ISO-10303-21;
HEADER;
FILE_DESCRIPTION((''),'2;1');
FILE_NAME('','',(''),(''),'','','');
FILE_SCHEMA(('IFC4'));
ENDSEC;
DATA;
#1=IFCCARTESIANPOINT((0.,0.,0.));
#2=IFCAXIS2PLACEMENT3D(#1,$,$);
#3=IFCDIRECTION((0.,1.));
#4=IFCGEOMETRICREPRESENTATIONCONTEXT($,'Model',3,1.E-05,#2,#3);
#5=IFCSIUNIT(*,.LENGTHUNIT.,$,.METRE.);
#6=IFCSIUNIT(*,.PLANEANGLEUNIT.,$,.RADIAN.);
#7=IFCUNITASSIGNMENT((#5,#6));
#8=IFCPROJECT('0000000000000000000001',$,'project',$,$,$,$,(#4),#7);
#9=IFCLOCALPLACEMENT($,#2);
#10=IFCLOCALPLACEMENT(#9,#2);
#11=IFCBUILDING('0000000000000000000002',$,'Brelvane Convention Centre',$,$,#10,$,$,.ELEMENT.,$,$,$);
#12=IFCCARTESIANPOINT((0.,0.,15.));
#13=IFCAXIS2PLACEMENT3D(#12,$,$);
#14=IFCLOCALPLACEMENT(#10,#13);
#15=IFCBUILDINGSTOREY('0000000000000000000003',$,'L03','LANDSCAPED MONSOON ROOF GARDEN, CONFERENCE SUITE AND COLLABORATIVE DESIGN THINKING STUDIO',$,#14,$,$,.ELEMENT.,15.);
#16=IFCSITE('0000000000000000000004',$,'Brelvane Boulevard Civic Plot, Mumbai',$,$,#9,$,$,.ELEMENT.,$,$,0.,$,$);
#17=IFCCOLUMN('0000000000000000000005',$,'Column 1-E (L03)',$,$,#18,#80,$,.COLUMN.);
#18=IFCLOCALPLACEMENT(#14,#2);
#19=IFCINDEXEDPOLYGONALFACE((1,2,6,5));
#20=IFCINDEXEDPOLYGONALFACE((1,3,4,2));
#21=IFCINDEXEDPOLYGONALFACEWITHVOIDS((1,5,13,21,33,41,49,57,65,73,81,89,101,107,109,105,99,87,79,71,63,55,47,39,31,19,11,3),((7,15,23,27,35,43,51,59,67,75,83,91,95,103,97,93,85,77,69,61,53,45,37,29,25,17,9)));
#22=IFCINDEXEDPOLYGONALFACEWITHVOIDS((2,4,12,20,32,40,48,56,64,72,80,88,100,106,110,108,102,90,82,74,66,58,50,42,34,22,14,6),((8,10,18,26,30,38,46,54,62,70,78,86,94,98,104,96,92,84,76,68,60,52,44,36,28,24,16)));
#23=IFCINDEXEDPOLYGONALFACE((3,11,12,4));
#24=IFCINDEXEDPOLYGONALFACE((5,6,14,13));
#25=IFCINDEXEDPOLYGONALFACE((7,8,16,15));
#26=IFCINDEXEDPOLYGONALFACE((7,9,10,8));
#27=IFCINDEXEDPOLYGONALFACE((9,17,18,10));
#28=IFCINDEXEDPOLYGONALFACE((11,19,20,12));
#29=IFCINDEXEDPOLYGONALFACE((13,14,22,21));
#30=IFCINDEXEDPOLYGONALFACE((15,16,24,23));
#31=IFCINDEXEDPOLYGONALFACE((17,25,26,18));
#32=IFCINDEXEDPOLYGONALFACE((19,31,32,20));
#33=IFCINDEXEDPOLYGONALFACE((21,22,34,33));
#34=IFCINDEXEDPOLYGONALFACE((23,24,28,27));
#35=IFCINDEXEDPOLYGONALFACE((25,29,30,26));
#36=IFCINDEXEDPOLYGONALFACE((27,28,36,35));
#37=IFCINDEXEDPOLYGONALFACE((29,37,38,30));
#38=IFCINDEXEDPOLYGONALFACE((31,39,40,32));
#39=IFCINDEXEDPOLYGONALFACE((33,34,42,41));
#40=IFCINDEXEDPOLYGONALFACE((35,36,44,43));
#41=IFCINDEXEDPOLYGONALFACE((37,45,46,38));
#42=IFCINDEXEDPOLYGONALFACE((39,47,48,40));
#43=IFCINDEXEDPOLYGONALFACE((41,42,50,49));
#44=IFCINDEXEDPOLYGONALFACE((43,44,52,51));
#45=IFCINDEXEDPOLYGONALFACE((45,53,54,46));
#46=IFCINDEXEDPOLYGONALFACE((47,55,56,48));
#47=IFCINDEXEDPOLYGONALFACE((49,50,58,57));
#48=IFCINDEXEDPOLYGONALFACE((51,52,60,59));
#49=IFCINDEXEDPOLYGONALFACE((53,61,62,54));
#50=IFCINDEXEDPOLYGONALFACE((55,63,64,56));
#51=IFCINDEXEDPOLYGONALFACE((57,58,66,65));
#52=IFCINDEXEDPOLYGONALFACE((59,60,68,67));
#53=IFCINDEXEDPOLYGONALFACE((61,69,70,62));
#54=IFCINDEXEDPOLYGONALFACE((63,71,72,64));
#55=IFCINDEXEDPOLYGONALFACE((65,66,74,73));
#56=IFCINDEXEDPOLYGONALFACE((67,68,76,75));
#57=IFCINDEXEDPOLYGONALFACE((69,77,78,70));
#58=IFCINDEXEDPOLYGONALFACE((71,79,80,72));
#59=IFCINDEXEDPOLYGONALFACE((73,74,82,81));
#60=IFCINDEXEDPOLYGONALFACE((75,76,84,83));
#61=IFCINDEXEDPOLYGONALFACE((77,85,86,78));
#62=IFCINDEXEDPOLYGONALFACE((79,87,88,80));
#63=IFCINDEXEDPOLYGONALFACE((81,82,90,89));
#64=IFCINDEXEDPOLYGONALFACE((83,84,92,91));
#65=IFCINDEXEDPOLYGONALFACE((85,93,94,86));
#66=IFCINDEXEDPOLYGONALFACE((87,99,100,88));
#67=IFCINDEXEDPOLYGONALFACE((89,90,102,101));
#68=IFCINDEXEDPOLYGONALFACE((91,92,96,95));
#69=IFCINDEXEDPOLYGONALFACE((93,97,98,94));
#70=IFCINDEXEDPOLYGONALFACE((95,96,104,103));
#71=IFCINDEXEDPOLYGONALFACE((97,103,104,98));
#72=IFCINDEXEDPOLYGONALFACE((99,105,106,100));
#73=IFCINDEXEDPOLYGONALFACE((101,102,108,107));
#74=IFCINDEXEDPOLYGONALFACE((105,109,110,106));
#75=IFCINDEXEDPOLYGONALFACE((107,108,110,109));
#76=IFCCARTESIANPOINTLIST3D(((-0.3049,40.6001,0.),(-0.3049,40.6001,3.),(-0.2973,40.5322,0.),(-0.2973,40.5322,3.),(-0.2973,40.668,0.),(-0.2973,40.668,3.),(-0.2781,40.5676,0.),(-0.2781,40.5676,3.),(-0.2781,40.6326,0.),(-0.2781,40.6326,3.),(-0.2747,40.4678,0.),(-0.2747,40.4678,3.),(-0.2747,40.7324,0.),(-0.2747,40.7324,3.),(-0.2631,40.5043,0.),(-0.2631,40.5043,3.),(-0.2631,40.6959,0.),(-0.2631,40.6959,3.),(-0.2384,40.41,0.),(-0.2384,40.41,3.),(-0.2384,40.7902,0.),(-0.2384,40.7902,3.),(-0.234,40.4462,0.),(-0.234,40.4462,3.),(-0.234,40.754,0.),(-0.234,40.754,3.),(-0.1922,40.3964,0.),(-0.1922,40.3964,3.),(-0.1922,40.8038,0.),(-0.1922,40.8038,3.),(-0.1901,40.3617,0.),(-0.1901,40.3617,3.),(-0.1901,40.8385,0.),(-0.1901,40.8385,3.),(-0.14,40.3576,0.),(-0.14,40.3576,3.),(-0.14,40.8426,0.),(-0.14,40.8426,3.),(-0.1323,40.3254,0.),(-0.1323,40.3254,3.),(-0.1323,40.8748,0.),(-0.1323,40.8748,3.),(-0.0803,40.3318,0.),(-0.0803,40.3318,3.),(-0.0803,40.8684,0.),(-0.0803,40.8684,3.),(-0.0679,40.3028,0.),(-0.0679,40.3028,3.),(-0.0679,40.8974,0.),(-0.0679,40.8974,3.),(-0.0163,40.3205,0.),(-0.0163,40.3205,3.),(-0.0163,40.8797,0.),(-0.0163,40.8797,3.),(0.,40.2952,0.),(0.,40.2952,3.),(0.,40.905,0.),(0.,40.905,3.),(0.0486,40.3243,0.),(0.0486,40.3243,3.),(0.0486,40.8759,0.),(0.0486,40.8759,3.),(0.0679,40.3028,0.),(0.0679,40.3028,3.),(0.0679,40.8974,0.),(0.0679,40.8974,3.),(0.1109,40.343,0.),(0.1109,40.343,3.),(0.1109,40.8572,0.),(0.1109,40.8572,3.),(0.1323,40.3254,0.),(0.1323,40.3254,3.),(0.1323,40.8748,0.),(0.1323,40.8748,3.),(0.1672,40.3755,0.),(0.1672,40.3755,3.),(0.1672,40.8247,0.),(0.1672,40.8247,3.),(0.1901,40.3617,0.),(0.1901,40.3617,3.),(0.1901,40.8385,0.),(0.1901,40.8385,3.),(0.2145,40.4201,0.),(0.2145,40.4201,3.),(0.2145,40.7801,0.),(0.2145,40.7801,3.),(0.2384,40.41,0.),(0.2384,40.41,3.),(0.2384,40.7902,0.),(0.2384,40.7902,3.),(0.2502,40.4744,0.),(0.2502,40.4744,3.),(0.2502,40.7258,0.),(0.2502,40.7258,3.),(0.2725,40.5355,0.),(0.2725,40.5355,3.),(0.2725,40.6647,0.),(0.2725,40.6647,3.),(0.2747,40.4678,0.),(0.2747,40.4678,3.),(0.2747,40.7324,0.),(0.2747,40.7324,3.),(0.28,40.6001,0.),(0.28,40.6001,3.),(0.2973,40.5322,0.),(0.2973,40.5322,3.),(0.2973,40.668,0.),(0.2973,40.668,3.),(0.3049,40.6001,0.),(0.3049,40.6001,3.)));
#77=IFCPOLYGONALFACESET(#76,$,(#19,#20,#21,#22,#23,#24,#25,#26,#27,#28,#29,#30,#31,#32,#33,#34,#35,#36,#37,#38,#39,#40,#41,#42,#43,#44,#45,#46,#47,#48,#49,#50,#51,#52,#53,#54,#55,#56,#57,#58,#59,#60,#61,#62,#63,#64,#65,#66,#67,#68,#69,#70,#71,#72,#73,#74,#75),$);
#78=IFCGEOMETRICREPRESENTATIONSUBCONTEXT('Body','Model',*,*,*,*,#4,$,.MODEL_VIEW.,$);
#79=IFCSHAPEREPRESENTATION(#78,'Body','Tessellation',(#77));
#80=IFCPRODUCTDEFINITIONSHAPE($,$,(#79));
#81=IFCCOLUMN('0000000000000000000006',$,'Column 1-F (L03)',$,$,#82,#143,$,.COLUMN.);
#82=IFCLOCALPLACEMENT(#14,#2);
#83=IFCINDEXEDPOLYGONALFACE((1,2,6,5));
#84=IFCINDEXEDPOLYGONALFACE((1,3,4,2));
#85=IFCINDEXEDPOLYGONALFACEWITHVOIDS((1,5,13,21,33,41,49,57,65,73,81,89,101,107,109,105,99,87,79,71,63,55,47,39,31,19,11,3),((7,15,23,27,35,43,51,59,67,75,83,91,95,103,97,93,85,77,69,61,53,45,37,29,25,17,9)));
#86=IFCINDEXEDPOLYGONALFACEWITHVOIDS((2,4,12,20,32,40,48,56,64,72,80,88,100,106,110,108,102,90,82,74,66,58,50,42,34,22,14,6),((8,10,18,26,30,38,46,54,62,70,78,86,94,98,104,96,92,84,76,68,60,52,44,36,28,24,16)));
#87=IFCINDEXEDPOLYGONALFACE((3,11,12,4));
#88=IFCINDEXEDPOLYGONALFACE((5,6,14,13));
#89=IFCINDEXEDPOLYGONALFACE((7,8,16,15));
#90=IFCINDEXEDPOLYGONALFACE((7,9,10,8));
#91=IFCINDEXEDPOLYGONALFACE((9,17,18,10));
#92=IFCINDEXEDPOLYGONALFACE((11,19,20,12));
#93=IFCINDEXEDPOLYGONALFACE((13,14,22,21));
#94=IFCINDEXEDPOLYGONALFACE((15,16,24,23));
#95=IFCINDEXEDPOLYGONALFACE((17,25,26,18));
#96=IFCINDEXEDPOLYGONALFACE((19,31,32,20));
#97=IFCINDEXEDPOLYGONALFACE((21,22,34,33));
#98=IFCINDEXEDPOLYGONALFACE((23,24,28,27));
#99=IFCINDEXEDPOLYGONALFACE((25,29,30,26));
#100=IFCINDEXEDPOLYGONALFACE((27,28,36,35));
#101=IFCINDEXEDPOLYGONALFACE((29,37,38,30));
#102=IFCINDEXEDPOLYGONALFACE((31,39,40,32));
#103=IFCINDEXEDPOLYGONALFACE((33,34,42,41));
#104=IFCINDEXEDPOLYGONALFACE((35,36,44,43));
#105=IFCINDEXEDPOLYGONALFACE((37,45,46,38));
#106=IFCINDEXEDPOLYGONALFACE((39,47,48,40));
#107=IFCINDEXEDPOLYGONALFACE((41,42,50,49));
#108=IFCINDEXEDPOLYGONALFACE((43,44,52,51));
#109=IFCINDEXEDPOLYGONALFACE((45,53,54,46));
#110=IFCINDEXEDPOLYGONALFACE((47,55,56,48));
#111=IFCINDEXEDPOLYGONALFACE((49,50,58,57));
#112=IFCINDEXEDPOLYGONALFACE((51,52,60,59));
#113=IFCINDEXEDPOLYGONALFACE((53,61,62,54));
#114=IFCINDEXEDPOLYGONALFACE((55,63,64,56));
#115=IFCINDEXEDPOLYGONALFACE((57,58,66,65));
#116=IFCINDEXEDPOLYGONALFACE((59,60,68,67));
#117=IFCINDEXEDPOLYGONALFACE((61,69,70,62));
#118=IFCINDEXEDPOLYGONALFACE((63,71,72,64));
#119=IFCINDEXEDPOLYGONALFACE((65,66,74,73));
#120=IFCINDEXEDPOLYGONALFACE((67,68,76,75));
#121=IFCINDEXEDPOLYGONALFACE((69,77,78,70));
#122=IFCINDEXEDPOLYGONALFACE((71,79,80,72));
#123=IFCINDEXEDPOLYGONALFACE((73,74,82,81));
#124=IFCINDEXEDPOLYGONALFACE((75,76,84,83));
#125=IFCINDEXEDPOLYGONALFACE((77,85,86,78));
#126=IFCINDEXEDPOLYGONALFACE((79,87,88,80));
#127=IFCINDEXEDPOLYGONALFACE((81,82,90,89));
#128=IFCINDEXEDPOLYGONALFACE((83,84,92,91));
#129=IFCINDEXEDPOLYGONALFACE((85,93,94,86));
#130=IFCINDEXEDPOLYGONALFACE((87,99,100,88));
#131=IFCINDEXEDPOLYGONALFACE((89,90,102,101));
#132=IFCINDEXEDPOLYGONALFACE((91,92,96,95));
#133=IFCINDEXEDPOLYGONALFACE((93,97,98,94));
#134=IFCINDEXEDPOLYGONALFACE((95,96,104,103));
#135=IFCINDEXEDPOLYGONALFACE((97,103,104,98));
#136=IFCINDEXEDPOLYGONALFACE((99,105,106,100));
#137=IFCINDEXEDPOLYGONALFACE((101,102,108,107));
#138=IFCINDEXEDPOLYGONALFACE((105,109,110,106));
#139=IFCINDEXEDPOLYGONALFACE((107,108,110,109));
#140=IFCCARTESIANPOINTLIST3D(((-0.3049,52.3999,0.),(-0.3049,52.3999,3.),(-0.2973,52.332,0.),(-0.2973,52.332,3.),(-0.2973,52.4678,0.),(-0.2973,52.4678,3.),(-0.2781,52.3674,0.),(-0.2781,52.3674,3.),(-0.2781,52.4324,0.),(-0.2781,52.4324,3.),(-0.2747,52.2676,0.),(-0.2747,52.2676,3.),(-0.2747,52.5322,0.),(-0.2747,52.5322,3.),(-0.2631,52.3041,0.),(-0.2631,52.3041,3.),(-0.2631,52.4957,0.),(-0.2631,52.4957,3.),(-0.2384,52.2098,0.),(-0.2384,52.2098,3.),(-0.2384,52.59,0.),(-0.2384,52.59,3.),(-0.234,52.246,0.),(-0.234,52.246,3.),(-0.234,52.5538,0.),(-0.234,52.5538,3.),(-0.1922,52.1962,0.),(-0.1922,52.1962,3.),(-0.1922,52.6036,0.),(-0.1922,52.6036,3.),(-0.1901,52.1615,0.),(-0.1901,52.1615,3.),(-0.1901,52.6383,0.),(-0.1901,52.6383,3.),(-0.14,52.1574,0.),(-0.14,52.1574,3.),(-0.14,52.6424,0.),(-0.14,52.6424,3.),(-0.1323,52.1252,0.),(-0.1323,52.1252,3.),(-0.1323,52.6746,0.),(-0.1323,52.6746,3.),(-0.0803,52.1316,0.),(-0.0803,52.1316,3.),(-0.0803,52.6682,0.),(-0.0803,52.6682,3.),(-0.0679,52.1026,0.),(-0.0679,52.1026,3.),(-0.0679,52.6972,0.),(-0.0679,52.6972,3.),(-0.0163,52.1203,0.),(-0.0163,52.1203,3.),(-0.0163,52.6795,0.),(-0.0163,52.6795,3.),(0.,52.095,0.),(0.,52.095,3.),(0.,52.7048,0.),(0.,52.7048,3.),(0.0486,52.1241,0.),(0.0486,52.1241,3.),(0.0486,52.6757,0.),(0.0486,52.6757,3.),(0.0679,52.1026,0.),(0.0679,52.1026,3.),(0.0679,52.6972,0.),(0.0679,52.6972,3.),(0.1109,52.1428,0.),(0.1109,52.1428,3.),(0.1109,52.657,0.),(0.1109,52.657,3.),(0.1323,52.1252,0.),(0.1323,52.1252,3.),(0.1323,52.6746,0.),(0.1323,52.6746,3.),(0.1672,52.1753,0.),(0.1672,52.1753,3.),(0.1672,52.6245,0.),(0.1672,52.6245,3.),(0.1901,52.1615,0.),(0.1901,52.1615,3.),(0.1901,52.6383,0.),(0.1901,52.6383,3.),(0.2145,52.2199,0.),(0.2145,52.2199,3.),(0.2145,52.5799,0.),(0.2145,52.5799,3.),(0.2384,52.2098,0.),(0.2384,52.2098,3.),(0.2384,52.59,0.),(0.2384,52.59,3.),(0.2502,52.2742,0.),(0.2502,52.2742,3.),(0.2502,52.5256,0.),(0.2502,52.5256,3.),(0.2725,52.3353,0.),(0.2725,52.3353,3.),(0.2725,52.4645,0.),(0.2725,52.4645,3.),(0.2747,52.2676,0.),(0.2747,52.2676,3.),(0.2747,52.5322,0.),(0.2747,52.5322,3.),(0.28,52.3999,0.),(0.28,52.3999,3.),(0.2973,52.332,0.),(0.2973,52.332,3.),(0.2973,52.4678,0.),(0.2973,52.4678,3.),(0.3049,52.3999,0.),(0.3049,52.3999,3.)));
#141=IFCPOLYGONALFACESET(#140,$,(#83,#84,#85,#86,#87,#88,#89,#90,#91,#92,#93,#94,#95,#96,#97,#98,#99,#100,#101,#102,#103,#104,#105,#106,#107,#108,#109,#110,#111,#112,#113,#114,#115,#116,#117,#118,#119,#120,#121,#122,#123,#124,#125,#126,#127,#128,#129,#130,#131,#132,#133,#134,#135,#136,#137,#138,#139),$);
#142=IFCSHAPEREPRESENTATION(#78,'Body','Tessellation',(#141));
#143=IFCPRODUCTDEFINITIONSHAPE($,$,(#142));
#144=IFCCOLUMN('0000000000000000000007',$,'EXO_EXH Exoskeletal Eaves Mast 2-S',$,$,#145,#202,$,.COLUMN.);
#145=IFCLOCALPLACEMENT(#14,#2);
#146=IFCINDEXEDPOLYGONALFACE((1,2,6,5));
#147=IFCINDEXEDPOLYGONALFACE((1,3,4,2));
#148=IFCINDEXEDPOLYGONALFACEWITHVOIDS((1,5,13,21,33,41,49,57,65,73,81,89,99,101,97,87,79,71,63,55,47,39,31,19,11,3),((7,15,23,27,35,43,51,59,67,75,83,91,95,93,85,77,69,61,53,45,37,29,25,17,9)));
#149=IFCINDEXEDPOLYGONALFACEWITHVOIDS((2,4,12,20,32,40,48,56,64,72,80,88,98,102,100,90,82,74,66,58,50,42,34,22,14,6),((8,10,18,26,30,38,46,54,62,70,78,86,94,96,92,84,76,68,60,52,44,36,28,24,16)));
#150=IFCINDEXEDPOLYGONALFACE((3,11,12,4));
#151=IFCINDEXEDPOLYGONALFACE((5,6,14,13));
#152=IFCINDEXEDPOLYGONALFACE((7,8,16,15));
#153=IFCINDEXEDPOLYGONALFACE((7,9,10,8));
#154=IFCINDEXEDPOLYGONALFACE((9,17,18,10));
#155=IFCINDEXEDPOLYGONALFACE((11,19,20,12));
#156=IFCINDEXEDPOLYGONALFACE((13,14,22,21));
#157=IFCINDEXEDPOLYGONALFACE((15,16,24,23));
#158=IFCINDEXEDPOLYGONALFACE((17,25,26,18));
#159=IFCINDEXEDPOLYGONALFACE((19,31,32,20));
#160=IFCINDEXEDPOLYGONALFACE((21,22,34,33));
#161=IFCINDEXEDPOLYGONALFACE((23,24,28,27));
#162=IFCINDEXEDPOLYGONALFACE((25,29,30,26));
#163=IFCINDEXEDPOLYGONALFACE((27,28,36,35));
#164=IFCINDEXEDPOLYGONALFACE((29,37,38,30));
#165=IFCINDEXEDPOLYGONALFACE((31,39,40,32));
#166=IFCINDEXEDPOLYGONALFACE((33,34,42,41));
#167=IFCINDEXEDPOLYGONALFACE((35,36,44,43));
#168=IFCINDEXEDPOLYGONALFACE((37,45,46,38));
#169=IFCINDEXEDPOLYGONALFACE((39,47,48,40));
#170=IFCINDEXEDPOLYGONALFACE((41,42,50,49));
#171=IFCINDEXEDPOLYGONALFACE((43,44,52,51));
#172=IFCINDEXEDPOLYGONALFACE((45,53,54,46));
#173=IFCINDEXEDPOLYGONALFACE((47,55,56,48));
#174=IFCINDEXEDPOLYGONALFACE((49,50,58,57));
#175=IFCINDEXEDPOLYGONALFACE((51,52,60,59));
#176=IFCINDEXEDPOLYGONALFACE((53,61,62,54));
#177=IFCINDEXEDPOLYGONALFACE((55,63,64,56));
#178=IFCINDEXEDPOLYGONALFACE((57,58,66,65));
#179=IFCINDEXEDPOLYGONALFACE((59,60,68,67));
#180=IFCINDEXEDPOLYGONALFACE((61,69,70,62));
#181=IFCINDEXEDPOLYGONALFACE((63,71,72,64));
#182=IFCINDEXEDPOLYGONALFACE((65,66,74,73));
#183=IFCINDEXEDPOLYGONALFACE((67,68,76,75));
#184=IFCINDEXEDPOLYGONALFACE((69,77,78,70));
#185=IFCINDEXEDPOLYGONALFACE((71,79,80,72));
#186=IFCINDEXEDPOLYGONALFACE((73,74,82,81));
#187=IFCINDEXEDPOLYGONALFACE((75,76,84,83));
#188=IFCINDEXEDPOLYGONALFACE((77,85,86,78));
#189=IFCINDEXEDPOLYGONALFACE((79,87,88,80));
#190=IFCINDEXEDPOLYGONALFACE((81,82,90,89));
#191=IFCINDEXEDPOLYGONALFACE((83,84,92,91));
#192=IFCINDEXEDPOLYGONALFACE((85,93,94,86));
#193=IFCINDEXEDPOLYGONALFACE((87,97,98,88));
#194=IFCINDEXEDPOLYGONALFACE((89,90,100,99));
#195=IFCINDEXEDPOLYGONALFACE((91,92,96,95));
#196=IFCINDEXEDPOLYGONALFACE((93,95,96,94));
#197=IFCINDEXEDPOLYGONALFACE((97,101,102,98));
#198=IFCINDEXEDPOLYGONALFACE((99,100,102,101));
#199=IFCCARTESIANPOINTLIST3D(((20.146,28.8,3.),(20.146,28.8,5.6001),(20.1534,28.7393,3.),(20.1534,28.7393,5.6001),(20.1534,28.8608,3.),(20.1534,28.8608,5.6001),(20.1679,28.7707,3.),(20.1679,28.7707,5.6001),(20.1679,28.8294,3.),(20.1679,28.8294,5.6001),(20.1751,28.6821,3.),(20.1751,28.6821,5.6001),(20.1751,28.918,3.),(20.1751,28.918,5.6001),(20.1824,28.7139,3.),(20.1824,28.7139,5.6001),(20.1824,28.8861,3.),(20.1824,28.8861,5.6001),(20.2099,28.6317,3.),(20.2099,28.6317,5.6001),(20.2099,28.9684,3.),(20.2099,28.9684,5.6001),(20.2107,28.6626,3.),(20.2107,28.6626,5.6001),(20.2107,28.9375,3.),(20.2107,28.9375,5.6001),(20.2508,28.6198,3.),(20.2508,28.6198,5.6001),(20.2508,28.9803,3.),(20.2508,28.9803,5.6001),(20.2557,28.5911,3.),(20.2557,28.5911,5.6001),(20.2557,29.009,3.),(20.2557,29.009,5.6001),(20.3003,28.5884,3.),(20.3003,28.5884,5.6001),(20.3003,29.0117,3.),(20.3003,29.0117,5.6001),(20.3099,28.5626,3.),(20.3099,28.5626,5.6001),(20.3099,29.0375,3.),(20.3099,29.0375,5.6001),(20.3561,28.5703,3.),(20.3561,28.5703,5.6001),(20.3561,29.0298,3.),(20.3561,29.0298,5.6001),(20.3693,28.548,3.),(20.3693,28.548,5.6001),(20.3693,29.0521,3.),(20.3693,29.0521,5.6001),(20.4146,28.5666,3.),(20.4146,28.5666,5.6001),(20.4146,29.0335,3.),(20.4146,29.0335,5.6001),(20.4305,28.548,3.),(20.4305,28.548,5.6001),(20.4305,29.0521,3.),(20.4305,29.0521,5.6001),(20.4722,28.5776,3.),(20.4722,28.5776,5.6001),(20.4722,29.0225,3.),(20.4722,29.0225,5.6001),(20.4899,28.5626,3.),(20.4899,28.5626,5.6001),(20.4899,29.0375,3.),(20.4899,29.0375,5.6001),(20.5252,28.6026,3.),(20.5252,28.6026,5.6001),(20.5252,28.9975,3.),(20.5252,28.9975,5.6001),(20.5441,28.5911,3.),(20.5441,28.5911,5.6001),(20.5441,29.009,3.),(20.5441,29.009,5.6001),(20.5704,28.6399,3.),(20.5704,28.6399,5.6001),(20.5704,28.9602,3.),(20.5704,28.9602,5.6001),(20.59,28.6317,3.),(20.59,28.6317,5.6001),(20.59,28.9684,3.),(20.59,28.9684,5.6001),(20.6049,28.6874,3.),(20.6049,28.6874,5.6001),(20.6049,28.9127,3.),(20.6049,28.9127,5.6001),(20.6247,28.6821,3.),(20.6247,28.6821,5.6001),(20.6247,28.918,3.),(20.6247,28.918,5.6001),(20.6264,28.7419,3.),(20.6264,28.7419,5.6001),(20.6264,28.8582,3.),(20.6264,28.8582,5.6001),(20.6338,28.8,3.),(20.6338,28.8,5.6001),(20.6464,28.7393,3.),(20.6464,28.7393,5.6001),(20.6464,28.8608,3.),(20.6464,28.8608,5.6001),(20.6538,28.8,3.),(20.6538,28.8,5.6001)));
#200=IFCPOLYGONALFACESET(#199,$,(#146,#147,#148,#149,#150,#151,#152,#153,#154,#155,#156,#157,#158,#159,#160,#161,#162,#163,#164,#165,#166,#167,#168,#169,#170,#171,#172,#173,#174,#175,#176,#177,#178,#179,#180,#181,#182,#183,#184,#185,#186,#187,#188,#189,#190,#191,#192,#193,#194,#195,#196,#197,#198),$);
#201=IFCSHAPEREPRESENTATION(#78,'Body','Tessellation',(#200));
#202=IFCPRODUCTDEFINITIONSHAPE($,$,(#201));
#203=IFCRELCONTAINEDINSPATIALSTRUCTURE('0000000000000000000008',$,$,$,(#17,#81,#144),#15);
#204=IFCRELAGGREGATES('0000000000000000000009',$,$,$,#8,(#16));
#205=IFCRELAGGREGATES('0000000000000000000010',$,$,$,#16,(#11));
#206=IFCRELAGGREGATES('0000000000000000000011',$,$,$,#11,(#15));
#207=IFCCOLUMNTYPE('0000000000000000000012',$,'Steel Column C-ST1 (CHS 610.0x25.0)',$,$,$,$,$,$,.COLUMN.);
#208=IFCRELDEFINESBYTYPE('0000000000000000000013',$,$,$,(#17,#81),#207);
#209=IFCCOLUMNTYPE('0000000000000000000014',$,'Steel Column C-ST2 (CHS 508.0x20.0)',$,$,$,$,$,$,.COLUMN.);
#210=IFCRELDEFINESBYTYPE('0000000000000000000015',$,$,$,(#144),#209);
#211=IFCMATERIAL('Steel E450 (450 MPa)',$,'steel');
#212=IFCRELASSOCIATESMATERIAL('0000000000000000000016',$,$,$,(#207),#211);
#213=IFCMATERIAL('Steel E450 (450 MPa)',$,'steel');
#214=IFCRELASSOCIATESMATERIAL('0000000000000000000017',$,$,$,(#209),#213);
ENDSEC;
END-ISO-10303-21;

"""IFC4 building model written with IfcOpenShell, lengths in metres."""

from ifc_helpers import new_model, si_unit, direction, frame, origin, origin_2d, place, context, subcontext, project, spatial, hollow_circle, extrude, material, material_profile, profile_set, type_object, element, save


model = new_model("IFC4")

# Units and contexts
model_context = context("Model", 3, precision=1e-05, world=origin(), true_north=direction((0.0, 1.0)))
body_context = subcontext(model_context, "Body", "Model", "MODEL_VIEW")
ifc_project = project(units=[si_unit("LENGTHUNIT", "METRE"), si_unit("PLANEANGLEUNIT", "RADIAN")], contexts=[model_context])

# Site, building, storey
site_placement = place(None, origin())
site = spatial("IfcSite", under=ifc_project, at=site_placement, Name="Brelvane Boulevard Civic Plot, Mumbai", CompositionType="ELEMENT", RefElevation=0.0)
building_placement = place(site_placement, origin())
building = spatial("IfcBuilding", under=site, at=building_placement, Name="Brelvane Convention Centre", CompositionType="ELEMENT")
storey_placement = place(building_placement, frame((0.0, 0.0, 15.0)))
storey = spatial("IfcBuildingStorey", under=building, at=storey_placement, Name="L03", Description="LANDSCAPED MONSOON ROOF GARDEN, CONFERENCE SUITE AND COLLABORATIVE DESIGN THINKING STUDIO", CompositionType="ELEMENT", Elevation=15.0)

# Columns
ifc_material_1 = material(Name="Steel E450 (450 MPa)", Category="steel")
ifc_material_profile_1 = material_profile(ifc_material_1, hollow_circle(Radius=0.3049, WallThickness=0.0249, at=origin_2d()), Name="CHS 610.0x25.0")
ifc_profile_set_1 = profile_set([ifc_material_profile_1], Name="Steel E450 (450 MPa)")
column_type_1 = type_object("IfcColumnType", Name="Steel Column C-ST1 (CHS 610.0x25.0)", PredefinedType="COLUMN", material=ifc_profile_set_1)
for number, where, z_axis, x_axis, name in (
    (1, (0.0, 40.6001, 0.0), (0.0, 0.0, 1.0), (1.0, 0.0, 0.0), "Column 1-E (L03)"),
    (2, (0.0, 52.3999, 0.0), (0.0, 0.0, 1.0), (1.0, 0.0, 0.0), "Column 1-F (L03)"),
):
    element("IfcColumn", number, at=place(storey_placement, frame(where, z_axis=z_axis, x_axis=x_axis)), inside=storey, type_object=column_type_1, Name=name, PredefinedType="COLUMN", context=body_context, shape_type="SweptSolid", body=[
        extrude(hollow_circle(Radius=0.3049, WallThickness=0.0249, at=origin_2d()), origin(), (0.0, 0.0, 1.0), 3.0),
    ])
ifc_material_2 = material(Name="Steel E450 (450 MPa)", Category="steel")
ifc_material_profile_2 = material_profile(ifc_material_2, hollow_circle(Radius=0.2539, WallThickness=0.02, at=origin_2d()), Name="CHS 508.0x20.0")
ifc_profile_set_2 = profile_set([ifc_material_profile_2], Name="Steel E450 (450 MPa)")
column_type_2 = type_object("IfcColumnType", Name="Steel Column C-ST2 (CHS 508.0x20.0)", PredefinedType="COLUMN", material=ifc_profile_set_2)
column_placement = place(storey_placement, frame((20.3999, 28.8, 3.0), z_axis=(0.0, 0.0, 1.0), x_axis=(1.0, 0.0, 0.0)))
element("IfcColumn", 3, at=column_placement, inside=storey, type_object=column_type_2, Name="EXO_EXH Exoskeletal Eaves Mast 2-S", PredefinedType="COLUMN", context=body_context, shape_type="SweptSolid", body=[
    extrude(hollow_circle(Radius=0.2539, WallThickness=0.02, at=origin_2d()), origin(), (0.0, 0.0, 1.0), 2.6001),
])

save(model, "model.ifc")
